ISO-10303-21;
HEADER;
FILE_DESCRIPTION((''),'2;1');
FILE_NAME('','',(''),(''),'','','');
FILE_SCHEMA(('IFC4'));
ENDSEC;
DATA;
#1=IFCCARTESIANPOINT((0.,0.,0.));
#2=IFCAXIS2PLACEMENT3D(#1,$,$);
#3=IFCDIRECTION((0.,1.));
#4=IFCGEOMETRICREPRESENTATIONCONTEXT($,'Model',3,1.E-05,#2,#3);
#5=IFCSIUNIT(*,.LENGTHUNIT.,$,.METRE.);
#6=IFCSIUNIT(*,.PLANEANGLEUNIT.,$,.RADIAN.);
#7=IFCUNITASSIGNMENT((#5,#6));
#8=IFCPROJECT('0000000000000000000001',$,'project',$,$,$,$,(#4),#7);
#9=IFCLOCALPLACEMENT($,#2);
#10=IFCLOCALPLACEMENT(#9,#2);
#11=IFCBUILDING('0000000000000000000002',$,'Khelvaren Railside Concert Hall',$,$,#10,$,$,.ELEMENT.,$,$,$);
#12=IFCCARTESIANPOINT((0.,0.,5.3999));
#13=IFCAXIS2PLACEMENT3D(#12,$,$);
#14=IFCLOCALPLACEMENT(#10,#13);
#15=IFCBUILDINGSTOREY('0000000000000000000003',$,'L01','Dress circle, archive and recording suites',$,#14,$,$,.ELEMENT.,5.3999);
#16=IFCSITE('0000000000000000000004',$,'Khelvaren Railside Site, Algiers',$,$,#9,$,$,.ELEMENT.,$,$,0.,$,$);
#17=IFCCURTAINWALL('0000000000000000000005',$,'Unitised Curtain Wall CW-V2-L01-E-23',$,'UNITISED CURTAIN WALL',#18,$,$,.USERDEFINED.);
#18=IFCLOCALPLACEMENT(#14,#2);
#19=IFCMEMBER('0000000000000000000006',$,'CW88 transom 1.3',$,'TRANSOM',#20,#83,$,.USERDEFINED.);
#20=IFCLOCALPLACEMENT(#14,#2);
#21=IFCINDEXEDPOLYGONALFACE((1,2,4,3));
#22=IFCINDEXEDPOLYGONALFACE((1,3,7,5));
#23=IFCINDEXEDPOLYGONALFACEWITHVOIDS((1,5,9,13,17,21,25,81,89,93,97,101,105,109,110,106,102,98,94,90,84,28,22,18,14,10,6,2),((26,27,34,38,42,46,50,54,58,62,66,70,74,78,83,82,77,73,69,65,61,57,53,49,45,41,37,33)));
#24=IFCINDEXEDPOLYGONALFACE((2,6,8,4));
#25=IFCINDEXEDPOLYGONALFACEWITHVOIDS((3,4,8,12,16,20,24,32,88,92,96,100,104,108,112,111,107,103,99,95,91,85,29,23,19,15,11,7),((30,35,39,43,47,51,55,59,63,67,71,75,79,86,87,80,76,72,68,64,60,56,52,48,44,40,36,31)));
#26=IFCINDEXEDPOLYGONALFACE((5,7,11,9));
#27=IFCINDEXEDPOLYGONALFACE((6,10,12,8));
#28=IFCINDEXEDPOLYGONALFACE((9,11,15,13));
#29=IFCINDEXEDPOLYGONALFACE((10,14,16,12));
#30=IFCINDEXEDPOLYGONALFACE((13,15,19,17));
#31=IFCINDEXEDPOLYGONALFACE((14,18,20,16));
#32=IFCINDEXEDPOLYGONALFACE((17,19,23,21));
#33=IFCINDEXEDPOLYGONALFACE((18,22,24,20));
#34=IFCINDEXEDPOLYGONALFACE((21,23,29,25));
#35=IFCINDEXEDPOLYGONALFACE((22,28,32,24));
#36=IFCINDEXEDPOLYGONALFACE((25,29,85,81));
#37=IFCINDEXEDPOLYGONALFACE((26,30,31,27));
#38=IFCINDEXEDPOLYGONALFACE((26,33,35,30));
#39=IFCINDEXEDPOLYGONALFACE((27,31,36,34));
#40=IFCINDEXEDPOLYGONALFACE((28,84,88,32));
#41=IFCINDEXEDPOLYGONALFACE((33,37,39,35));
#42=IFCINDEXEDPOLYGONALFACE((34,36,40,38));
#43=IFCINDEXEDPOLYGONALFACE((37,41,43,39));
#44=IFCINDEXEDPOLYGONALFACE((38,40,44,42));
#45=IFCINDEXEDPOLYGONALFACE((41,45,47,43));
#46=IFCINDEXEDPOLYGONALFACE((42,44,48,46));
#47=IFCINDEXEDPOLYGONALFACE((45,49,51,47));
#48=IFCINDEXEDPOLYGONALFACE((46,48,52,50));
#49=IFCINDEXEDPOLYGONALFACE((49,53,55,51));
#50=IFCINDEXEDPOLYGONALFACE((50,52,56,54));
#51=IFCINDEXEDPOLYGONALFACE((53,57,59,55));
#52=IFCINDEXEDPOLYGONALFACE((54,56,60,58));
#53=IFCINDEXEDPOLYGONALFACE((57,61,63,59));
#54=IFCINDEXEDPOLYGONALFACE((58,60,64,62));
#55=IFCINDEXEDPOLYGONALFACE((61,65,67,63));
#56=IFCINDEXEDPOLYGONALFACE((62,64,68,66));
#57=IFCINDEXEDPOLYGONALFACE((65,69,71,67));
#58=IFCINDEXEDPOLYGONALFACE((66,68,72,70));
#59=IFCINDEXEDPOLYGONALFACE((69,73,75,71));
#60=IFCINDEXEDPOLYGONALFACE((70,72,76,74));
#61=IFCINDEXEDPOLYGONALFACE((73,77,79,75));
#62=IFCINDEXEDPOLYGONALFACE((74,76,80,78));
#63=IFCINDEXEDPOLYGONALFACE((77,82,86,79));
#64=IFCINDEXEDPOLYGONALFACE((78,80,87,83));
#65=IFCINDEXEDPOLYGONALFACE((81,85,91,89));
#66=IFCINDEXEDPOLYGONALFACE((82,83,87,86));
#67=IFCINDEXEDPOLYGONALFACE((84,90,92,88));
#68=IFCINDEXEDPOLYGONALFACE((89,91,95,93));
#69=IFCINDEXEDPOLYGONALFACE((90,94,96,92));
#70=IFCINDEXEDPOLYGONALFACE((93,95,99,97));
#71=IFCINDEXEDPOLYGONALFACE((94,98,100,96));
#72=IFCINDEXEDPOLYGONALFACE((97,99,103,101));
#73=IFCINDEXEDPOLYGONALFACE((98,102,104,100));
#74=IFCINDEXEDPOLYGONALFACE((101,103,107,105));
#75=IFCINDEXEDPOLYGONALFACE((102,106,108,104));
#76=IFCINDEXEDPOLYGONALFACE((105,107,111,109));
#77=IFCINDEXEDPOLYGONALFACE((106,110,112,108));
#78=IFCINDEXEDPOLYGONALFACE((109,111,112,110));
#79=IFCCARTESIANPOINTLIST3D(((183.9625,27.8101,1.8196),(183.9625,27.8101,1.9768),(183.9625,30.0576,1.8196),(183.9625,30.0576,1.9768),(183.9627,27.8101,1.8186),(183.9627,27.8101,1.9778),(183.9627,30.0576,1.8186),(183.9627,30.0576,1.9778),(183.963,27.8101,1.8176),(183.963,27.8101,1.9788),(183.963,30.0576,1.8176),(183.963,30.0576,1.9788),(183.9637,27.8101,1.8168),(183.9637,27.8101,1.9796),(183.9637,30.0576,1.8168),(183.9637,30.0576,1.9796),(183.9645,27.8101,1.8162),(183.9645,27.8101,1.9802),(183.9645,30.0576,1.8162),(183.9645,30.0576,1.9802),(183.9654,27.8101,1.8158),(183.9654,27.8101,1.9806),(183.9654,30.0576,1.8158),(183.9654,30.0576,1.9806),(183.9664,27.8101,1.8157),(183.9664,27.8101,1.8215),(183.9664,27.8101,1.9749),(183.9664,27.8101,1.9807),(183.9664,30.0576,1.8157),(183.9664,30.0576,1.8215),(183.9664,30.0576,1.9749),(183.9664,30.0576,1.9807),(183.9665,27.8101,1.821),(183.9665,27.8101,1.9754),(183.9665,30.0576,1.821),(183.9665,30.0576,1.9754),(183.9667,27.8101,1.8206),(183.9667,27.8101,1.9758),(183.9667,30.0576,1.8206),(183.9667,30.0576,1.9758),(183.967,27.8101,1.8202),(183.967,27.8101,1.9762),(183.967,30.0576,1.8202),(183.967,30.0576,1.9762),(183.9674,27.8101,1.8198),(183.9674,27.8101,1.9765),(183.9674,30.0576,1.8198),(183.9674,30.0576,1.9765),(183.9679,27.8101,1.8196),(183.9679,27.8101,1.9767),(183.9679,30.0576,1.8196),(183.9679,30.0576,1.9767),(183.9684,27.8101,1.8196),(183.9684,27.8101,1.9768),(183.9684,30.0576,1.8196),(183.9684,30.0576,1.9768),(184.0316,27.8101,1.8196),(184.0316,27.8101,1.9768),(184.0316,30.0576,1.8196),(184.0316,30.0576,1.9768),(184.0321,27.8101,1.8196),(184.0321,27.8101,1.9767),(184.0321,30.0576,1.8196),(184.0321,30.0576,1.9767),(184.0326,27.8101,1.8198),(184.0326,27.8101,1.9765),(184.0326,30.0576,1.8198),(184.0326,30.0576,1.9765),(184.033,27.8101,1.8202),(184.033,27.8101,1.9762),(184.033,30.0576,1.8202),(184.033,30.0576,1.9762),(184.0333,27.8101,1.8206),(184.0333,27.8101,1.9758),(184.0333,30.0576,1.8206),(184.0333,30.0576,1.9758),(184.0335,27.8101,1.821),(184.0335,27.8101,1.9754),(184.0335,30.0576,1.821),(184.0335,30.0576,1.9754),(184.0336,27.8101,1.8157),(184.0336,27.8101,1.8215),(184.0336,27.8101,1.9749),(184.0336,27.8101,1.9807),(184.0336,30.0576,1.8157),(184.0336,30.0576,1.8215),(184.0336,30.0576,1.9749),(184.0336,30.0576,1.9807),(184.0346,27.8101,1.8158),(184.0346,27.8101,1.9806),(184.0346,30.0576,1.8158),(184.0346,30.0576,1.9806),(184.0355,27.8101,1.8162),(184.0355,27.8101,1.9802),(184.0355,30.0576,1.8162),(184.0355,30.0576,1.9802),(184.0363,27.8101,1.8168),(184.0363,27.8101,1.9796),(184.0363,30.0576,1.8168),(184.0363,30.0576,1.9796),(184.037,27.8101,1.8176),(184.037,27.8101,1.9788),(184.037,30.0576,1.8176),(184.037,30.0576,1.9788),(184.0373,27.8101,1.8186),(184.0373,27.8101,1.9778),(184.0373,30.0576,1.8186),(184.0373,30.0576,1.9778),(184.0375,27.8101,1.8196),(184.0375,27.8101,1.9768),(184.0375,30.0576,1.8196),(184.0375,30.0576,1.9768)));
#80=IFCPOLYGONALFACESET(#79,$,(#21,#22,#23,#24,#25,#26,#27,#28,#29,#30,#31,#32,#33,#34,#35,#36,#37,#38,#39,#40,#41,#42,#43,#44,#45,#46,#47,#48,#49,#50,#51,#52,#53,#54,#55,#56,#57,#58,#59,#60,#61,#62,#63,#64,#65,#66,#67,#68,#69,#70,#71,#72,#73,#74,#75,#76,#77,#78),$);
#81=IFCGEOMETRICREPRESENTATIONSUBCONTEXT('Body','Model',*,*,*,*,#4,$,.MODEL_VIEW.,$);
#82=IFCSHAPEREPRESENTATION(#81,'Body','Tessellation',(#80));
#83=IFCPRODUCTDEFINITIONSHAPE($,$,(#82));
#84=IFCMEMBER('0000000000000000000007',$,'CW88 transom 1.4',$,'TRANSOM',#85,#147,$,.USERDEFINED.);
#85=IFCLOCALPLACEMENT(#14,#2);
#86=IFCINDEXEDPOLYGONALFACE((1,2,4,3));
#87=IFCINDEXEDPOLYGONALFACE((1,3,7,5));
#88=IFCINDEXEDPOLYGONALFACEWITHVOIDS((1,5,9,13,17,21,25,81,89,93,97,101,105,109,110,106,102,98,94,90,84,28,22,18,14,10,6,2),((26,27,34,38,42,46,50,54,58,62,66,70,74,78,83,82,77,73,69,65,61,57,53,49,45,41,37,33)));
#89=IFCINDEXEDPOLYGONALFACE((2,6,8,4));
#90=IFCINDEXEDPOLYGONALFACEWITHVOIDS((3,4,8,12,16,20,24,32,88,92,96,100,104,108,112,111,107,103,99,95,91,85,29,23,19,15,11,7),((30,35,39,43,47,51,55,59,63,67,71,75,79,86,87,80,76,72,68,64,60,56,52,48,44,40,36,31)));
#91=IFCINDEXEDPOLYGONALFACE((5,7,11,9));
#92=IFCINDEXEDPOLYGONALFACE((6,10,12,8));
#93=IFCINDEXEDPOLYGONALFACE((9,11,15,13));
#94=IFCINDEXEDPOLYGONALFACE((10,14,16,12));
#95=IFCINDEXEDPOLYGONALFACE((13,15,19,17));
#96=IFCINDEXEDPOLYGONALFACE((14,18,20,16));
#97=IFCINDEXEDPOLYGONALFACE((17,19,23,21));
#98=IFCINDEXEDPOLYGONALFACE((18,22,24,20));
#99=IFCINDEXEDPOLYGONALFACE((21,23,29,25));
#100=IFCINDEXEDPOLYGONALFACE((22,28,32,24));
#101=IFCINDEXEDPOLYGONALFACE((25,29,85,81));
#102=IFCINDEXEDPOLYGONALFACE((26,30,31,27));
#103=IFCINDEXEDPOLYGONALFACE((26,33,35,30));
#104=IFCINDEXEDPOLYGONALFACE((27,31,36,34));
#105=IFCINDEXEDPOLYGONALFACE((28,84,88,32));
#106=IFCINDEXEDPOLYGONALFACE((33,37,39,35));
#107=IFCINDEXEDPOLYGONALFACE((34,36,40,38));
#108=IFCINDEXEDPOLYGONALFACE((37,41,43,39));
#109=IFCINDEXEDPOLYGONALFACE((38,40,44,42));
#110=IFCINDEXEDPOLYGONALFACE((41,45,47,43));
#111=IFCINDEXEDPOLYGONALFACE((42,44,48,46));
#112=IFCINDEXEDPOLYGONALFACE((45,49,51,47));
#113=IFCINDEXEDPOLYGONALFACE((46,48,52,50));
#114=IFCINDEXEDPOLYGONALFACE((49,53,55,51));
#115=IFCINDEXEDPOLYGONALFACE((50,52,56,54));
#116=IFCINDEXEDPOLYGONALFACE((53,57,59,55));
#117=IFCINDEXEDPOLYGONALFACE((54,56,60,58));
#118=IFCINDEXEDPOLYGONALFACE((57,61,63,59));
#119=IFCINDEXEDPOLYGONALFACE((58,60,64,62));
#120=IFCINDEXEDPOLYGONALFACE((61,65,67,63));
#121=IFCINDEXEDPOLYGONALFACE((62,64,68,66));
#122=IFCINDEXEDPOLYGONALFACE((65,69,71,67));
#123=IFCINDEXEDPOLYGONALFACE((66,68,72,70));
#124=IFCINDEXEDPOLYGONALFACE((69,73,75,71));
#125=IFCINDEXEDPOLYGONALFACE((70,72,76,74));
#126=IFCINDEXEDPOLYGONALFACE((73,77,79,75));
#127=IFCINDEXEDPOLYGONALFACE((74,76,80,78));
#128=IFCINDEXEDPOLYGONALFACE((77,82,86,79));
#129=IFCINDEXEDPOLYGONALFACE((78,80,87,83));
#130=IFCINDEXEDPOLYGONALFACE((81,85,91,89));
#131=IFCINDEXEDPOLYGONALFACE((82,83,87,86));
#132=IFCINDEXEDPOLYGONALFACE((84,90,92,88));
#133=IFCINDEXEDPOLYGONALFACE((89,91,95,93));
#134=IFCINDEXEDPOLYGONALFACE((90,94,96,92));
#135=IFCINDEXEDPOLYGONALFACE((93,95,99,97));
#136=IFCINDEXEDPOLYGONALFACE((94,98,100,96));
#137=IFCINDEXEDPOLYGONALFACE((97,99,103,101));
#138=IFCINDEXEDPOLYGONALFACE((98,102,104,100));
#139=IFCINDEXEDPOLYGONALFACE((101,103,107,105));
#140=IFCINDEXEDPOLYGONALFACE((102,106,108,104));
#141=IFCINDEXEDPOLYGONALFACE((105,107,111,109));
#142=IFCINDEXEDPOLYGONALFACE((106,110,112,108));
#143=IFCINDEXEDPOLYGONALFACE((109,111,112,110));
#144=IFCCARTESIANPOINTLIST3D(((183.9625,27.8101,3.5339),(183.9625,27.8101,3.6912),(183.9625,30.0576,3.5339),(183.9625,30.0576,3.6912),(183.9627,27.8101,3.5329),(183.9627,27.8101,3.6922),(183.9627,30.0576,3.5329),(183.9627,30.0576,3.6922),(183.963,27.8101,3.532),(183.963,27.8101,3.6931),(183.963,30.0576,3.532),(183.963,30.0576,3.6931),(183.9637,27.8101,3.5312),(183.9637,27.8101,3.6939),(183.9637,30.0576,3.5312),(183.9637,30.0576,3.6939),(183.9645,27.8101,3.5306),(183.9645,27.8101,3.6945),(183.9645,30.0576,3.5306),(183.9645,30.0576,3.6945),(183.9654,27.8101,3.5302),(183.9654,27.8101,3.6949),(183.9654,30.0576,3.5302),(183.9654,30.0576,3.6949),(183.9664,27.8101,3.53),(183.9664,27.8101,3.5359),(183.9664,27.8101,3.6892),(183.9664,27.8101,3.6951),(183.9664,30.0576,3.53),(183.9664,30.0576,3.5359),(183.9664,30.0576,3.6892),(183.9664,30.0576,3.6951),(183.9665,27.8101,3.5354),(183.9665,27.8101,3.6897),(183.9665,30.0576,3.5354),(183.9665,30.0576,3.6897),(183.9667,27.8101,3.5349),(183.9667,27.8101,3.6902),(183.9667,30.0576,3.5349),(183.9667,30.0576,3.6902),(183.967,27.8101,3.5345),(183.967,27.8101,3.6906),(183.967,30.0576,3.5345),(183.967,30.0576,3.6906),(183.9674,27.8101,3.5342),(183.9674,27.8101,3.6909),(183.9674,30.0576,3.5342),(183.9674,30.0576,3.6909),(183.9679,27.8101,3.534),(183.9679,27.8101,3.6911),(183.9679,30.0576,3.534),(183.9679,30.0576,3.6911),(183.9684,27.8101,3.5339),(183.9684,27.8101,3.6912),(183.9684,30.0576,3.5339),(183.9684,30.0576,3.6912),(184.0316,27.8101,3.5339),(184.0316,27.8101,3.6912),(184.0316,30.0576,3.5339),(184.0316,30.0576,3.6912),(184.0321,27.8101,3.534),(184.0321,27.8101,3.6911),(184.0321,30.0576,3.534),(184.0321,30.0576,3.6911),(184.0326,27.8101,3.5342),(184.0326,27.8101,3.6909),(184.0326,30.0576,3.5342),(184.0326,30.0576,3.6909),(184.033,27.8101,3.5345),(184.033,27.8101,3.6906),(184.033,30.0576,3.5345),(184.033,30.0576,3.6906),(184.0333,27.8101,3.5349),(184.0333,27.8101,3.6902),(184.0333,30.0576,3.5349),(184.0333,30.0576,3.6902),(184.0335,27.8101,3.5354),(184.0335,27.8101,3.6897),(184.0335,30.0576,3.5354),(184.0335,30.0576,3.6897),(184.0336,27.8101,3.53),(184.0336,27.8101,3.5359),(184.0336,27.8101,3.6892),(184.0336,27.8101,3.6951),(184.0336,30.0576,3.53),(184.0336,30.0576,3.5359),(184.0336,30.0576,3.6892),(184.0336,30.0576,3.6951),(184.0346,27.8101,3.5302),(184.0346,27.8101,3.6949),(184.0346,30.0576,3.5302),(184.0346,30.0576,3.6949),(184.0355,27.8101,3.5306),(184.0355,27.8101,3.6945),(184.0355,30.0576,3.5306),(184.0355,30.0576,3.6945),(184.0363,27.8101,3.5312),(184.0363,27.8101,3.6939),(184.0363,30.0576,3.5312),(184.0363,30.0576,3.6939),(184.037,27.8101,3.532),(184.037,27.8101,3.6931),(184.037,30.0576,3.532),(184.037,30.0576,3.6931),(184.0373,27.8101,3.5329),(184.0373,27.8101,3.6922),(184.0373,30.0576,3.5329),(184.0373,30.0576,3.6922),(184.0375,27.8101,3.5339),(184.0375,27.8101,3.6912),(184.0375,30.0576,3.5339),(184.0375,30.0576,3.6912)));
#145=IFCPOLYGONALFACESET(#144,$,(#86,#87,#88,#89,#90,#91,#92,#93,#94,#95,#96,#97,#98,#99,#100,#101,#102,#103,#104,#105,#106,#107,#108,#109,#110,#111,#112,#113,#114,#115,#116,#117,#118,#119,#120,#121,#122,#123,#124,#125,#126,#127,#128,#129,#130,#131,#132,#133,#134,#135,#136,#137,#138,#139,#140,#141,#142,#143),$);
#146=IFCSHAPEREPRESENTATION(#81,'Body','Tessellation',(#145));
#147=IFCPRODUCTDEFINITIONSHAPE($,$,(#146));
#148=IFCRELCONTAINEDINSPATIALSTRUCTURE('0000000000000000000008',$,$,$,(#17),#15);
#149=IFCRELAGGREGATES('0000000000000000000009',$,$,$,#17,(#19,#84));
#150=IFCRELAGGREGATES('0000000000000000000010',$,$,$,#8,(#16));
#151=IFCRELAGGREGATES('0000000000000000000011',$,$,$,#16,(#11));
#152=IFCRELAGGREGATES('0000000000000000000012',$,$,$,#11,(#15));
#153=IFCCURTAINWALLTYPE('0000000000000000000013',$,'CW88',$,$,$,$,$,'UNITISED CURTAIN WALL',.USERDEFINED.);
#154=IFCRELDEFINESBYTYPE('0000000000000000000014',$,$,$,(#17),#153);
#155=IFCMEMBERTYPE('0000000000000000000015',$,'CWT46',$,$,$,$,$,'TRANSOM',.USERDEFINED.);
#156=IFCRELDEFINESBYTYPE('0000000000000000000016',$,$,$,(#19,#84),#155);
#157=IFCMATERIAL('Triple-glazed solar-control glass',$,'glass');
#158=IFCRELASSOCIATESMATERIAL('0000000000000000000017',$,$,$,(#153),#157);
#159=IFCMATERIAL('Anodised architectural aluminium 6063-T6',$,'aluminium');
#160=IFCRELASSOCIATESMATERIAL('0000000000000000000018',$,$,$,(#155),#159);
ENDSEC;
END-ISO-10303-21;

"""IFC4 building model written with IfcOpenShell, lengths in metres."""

from ifc_helpers import new_model, si_unit, direction, frame, origin, origin_2d, place, context, subcontext, project, spatial, hollow_rectangle, extrude, material, material_profile, profile_set, type_object, element, aggregate, save


model = new_model("IFC4")

# Units and contexts
model_context = context("Model", 3, precision=1e-05, world=origin(), true_north=direction((0.0, 1.0)))
body_context = subcontext(model_context, "Body", "Model", "MODEL_VIEW")
ifc_project = project(units=[si_unit("LENGTHUNIT", "METRE"), si_unit("PLANEANGLEUNIT", "RADIAN")], contexts=[model_context])

# Site, building, storey
site_placement = place(None, origin())
site = spatial("IfcSite", under=ifc_project, at=site_placement, Name="Khelvaren Railside Site, Algiers", CompositionType="ELEMENT", RefElevation=0.0)
building_placement = place(site_placement, origin())
building = spatial("IfcBuilding", under=site, at=building_placement, Name="Khelvaren Railside Concert Hall", CompositionType="ELEMENT")
storey_placement = place(building_placement, frame((0.0, 0.0, 5.3999)))
storey = spatial("IfcBuildingStorey", under=building, at=storey_placement, Name="L01", Description="Dress circle, archive and recording suites", CompositionType="ELEMENT", Elevation=5.3999)

# Curtain wall, members
ifc_material_1 = material(Name="Triple-glazed solar-control glass", Category="glass")
curtain_wall_type = type_object("IfcCurtainWallType", Name="CW88", ElementType="UNITISED CURTAIN WALL", PredefinedType="USERDEFINED", material=ifc_material_1)
curtain_wall_placement = place(storey_placement, origin())
curtain_wall = element("IfcCurtainWall", 1, at=curtain_wall_placement, inside=storey, type_object=curtain_wall_type, Name="Unitised Curtain Wall CW-V2-L01-E-23", ObjectType="UNITISED CURTAIN WALL", PredefinedType="USERDEFINED")
ifc_material_2 = material(Name="Anodised architectural aluminium 6063-T6", Category="aluminium")
ifc_material_profile_1 = material_profile(ifc_material_2, hollow_rectangle(XDim=0.075, YDim=0.165, WallThickness=0.0039, InnerFilletRadius=0.002, OuterFilletRadius=0.0039, at=origin_2d()), Name="CWT 75x165x4")
ifc_profile_set_1 = profile_set([ifc_material_profile_1], Name="Anodised architectural aluminium 6063-T6")
member_type_1 = type_object("IfcMemberType", Name="CWT46", ElementType="TRANSOM", PredefinedType="USERDEFINED", material=ifc_profile_set_1)
member_1_placement = place(storey_placement, frame((184.0, 30.0576, 1.8982), z_axis=(0.0, -1.0, 0.0), x_axis=(1.0, 0.0, 0.0)))
member_1 = element("IfcMember", 2, at=member_1_placement, type_object=member_type_1, Name="CW88 transom 1.3", ObjectType="TRANSOM", PredefinedType="USERDEFINED", context=body_context, shape_type="SweptSolid", body=[
    extrude(hollow_rectangle(XDim=0.075, YDim=0.165, WallThickness=0.0039, InnerFilletRadius=0.002, OuterFilletRadius=0.0039, at=origin_2d()), origin(), (0.0, 0.0, 1.0), 2.2476),
])
member_2_placement = place(storey_placement, frame((184.0, 30.0576, 3.6125), z_axis=(0.0, -1.0, 0.0), x_axis=(1.0, 0.0, 0.0)))
member_2 = element("IfcMember", 3, at=member_2_placement, type_object=member_type_1, Name="CW88 transom 1.4", ObjectType="TRANSOM", PredefinedType="USERDEFINED", context=body_context, shape_type="SweptSolid", body=[
    extrude(hollow_rectangle(XDim=0.075, YDim=0.165, WallThickness=0.0039, InnerFilletRadius=0.002, OuterFilletRadius=0.0039, at=origin_2d()), origin(), (0.0, 0.0, 1.0), 2.2476),
])
aggregate(curtain_wall, [member_1, member_2])

save(model, "model.ifc")
